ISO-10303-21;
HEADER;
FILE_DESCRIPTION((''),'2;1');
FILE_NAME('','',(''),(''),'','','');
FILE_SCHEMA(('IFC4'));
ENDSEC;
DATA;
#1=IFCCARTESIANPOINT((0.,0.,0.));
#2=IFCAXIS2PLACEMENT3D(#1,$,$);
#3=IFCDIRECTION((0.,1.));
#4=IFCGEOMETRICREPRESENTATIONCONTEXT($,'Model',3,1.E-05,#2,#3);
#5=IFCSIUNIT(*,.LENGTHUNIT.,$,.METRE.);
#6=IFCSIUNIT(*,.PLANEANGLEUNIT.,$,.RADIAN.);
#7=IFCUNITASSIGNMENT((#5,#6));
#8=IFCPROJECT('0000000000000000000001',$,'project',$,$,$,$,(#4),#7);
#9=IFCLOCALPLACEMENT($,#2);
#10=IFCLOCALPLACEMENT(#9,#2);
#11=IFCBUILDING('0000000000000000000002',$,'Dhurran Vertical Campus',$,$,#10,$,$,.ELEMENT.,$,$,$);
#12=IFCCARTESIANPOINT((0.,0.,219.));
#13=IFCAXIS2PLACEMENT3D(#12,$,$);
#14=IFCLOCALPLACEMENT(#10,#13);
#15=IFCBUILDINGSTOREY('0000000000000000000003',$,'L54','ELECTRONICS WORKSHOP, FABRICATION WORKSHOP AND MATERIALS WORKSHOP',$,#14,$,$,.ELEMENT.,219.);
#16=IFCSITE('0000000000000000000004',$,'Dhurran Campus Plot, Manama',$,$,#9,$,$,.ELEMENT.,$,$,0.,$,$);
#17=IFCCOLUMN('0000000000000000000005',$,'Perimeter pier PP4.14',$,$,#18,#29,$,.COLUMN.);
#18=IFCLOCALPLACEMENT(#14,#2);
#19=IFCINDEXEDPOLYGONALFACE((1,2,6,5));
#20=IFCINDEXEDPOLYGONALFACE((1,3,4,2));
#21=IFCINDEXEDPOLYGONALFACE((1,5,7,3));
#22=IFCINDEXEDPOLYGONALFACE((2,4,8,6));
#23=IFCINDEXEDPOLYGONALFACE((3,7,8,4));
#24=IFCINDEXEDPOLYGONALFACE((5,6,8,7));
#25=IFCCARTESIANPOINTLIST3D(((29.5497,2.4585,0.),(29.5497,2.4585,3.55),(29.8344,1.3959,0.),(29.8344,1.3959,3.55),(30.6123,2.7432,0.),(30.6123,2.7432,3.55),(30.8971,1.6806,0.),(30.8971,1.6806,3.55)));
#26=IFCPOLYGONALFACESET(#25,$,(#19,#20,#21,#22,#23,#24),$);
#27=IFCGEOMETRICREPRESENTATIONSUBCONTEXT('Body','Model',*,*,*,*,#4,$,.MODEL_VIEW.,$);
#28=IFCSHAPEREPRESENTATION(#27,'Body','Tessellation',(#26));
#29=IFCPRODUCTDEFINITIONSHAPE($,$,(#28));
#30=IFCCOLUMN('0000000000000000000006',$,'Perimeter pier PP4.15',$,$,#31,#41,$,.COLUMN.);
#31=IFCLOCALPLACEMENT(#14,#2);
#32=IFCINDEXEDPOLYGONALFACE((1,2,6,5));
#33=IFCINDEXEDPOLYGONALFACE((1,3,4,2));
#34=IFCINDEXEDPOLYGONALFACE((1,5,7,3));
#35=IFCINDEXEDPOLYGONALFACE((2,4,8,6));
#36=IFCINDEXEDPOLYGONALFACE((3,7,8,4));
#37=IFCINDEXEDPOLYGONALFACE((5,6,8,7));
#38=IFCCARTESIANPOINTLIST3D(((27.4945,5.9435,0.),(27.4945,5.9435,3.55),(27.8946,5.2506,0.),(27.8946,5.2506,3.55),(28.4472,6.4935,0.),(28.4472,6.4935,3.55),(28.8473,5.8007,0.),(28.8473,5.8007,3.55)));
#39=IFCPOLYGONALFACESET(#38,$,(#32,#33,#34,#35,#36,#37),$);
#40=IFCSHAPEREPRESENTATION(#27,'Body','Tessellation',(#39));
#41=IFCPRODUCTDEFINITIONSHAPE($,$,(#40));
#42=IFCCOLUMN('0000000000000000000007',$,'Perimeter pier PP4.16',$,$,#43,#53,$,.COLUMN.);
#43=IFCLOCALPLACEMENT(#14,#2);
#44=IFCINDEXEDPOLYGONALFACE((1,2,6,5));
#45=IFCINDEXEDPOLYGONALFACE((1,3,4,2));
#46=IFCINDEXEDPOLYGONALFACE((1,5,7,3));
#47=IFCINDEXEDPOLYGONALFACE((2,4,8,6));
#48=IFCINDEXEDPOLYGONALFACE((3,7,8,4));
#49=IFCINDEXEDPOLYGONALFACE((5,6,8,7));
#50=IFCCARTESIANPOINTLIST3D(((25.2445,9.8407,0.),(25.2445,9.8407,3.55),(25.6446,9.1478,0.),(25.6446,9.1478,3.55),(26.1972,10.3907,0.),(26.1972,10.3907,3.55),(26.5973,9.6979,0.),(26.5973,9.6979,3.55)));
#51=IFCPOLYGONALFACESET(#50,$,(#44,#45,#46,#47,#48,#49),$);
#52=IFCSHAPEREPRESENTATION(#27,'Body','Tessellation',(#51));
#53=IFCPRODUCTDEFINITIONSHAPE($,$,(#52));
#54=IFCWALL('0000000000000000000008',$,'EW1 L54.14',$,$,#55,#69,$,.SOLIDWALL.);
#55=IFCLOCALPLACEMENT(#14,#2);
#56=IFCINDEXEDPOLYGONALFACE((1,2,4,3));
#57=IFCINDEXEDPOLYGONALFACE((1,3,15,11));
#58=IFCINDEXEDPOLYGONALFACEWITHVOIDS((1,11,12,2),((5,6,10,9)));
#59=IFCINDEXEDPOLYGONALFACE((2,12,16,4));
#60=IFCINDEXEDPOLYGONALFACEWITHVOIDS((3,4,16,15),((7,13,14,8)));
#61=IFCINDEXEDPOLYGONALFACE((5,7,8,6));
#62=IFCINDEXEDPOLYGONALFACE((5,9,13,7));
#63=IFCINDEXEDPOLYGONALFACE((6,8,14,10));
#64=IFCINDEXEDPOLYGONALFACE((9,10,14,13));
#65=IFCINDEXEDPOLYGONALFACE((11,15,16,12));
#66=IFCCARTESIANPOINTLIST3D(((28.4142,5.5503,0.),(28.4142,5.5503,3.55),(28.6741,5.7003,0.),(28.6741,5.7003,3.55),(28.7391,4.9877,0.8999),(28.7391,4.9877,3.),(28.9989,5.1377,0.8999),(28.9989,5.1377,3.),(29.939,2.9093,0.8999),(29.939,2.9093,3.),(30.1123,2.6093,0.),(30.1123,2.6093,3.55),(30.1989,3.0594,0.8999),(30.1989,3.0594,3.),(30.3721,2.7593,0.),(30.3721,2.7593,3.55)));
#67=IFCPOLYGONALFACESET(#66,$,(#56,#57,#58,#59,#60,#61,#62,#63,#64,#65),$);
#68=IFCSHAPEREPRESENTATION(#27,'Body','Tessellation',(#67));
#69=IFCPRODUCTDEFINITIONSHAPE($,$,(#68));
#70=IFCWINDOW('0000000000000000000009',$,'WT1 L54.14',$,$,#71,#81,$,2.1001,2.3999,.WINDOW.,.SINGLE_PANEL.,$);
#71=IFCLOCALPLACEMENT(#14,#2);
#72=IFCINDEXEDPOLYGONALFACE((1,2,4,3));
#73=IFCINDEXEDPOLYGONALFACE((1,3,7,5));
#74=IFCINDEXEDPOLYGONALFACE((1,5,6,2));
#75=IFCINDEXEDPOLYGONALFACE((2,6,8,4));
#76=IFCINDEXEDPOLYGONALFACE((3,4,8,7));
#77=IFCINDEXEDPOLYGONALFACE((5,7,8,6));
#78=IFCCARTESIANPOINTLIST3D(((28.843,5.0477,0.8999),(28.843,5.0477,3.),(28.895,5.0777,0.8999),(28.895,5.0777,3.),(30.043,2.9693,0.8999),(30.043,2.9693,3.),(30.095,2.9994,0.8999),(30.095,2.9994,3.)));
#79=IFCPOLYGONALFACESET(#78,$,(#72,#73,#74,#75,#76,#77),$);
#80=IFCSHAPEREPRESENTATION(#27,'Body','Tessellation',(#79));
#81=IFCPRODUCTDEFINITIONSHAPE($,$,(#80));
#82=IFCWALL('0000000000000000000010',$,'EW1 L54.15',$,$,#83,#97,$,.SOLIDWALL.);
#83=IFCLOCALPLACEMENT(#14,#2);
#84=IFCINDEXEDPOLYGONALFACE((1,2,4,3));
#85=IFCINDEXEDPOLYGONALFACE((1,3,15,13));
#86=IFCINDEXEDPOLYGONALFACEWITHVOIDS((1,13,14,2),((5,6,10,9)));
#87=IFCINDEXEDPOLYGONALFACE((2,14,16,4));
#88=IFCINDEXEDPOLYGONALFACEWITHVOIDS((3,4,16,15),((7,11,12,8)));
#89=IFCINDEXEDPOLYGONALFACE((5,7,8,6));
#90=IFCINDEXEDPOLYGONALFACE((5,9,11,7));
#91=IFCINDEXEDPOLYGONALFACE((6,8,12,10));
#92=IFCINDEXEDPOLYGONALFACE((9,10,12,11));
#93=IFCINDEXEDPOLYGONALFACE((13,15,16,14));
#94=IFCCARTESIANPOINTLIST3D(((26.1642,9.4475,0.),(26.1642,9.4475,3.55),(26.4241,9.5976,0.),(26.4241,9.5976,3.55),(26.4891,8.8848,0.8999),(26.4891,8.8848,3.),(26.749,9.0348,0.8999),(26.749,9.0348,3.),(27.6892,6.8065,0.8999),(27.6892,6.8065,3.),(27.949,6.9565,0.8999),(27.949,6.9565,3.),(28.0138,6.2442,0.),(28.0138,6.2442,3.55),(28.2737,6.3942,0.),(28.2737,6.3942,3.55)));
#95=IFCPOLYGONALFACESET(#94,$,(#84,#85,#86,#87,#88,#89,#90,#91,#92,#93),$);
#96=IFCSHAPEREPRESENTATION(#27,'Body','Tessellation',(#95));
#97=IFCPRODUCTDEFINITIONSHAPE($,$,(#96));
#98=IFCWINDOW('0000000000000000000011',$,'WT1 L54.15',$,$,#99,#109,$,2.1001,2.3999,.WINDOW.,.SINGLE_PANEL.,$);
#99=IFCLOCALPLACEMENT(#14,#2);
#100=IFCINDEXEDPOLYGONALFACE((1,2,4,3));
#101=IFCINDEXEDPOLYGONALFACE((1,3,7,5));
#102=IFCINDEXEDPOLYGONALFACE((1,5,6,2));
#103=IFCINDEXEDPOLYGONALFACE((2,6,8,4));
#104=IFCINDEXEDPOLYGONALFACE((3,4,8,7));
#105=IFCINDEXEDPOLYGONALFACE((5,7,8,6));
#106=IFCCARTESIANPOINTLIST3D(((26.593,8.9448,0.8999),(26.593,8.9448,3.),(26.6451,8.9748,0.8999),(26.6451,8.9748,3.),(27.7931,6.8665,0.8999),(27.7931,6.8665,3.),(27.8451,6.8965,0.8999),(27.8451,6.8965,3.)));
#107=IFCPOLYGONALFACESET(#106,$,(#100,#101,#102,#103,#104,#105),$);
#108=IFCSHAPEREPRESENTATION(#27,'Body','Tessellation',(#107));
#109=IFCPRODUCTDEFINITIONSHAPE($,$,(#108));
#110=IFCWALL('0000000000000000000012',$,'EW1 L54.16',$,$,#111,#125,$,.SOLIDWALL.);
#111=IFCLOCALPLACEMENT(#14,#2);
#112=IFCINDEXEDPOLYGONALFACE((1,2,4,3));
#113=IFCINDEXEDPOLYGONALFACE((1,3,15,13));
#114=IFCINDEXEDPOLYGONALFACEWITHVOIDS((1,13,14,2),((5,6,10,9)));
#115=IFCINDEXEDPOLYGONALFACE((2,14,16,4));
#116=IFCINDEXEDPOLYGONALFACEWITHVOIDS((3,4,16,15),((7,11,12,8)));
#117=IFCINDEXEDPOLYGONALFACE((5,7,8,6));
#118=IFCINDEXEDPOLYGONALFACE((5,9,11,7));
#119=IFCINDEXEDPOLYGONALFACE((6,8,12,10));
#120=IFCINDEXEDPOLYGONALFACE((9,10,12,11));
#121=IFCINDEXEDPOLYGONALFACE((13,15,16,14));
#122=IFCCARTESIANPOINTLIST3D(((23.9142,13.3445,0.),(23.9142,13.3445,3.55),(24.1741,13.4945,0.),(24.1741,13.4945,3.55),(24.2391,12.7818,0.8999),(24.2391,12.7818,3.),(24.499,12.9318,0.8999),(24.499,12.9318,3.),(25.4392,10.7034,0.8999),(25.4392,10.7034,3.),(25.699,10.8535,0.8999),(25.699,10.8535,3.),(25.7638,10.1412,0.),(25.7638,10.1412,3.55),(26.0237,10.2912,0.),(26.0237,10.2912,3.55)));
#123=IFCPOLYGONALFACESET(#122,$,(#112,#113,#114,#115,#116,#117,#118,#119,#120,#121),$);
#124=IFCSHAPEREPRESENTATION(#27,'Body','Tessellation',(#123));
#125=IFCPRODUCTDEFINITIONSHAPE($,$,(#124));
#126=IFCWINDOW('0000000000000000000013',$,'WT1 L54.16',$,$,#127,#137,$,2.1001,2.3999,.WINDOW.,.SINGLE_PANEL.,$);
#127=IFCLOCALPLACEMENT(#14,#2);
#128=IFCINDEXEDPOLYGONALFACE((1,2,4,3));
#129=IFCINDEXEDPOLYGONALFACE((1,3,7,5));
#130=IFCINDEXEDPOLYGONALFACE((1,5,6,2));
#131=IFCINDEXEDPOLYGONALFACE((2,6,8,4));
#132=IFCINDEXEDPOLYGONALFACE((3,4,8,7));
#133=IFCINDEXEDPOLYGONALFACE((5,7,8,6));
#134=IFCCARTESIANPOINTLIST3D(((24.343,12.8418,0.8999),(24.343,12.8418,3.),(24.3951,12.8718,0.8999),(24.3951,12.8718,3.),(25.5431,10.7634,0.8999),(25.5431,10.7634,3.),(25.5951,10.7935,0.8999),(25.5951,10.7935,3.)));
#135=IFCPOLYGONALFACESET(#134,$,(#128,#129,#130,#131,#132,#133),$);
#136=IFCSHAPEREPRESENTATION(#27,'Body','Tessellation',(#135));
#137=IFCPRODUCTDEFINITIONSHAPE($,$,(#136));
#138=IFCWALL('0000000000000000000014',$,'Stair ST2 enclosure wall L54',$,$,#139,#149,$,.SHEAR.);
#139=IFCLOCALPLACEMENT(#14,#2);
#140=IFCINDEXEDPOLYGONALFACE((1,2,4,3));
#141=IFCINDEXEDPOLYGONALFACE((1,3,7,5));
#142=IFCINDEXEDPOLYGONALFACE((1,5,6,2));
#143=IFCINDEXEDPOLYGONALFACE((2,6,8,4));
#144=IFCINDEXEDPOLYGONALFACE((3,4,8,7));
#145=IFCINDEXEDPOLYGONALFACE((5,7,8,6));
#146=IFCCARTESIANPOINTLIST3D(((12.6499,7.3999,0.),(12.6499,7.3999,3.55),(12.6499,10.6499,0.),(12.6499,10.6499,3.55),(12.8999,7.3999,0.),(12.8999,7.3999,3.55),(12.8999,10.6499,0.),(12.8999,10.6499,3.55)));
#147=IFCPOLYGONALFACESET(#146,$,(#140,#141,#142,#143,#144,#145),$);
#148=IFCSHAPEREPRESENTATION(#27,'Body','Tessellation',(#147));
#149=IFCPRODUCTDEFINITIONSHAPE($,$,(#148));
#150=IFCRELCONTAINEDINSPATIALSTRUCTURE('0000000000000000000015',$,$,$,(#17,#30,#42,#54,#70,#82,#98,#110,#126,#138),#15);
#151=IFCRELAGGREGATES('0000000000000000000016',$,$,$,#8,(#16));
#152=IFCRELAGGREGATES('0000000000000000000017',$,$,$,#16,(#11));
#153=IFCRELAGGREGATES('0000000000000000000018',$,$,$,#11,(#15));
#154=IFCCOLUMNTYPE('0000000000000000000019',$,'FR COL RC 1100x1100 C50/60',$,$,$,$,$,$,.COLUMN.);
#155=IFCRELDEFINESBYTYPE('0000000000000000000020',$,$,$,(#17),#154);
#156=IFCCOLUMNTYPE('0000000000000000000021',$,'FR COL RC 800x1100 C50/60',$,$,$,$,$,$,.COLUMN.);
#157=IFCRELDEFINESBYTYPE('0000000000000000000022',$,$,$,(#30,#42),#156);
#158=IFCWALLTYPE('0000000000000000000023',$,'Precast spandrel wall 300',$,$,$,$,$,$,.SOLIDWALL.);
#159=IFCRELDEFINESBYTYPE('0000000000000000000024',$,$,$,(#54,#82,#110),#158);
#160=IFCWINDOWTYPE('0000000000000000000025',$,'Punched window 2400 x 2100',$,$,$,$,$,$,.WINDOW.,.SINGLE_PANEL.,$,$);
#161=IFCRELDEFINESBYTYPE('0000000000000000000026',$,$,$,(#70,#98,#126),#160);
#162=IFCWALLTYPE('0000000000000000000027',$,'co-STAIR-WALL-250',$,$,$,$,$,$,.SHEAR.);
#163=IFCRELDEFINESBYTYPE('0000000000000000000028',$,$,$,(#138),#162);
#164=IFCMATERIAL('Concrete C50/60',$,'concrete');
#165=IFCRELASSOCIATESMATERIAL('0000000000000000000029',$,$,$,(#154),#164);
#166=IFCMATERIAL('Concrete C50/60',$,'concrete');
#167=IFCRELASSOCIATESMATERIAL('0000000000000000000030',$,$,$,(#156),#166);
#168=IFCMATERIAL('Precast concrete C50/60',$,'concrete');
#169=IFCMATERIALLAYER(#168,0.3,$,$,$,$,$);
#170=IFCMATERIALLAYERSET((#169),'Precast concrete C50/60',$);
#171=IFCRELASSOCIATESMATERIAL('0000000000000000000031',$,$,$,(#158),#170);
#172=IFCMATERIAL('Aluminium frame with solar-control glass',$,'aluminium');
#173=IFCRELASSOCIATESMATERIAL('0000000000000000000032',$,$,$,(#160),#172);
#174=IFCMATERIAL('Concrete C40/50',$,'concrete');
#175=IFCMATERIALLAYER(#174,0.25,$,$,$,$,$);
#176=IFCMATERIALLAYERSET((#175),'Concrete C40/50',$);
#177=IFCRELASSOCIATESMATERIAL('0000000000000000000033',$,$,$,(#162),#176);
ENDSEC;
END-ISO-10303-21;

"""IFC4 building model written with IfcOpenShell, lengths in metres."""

from ifc_helpers import new_model, si_unit, direction, frame, frame_2d, origin, origin_2d, place, context, subcontext, project, spatial, rectangle, extrude, material, layer, layer_set, material_profile, profile_set, type_object, element, fill, save


model = new_model("IFC4")

# Units and contexts
model_context = context("Model", 3, precision=1e-05, world=origin(), true_north=direction((0.0, 1.0)))
body_context = subcontext(model_context, "Body", "Model", "MODEL_VIEW")
ifc_project = project(units=[si_unit("LENGTHUNIT", "METRE"), si_unit("PLANEANGLEUNIT", "RADIAN")], contexts=[model_context])

# Site, building, storey
site_placement = place(None, origin())
site = spatial("IfcSite", under=ifc_project, at=site_placement, Name="Dhurran Campus Plot, Manama", CompositionType="ELEMENT", RefElevation=0.0)
building_placement = place(site_placement, origin())
building = spatial("IfcBuilding", under=site, at=building_placement, Name="Dhurran Vertical Campus", CompositionType="ELEMENT")
storey_placement = place(building_placement, frame((0.0, 0.0, 219.0)))
storey = spatial("IfcBuildingStorey", under=building, at=storey_placement, Name="L54", Description="ELECTRONICS WORKSHOP, FABRICATION WORKSHOP AND MATERIALS WORKSHOP", CompositionType="ELEMENT", Elevation=219.0)

# Columns
ifc_material_1 = material(Name="Concrete C50/60", Category="concrete")
ifc_material_profile_1 = material_profile(ifc_material_1, rectangle(XDim=1.1001, YDim=1.1001, at=origin_2d()), Name="RC 1100x1100")
ifc_profile_set_1 = profile_set([ifc_material_profile_1], Name="Concrete C50/60")
column_type_1 = type_object("IfcColumnType", Name="FR COL RC 1100x1100 C50/60", PredefinedType="COLUMN", material=ifc_profile_set_1)
column_placement = place(storey_placement, frame((30.2234, 2.0696, 0.0), z_axis=(0.0, 0.0, 1.0), x_axis=(-0.258819, 0.965926, 0.0)))
element("IfcColumn", 1, at=column_placement, inside=storey, type_object=column_type_1, Name="Perimeter pier PP4.14", PredefinedType="COLUMN", context=body_context, shape_type="SweptSolid", body=[
    extrude(rectangle(XDim=1.1001, YDim=1.1001, at=origin_2d()), origin(), (0.0, 0.0, 1.0), 3.55),
])
ifc_material_2 = material(Name="Concrete C50/60", Category="concrete")
ifc_material_profile_2 = material_profile(ifc_material_2, rectangle(XDim=0.8, YDim=1.1001, at=origin_2d()), Name="RC 800x1100")
ifc_profile_set_2 = profile_set([ifc_material_profile_2], Name="Concrete C50/60")
column_type_2 = type_object("IfcColumnType", Name="FR COL RC 800x1100 C50/60", PredefinedType="COLUMN", material=ifc_profile_set_2)
for number, where, z_axis, x_axis, name in (
    (2, (28.1709, 5.8721, 0.0), (0.0, 0.0, 1.0), (-0.5, 0.866025, 0.0), "Perimeter pier PP4.15"),
    (3, (25.9209, 9.7693, 0.0), (0.0, 0.0, 1.0), (-0.5, 0.866025, 0.0), "Perimeter pier PP4.16"),
):
    element("IfcColumn", number, at=place(storey_placement, frame(where, z_axis=z_axis, x_axis=x_axis)), inside=storey, type_object=column_type_2, Name=name, PredefinedType="COLUMN", context=body_context, shape_type="SweptSolid", body=[
        extrude(rectangle(XDim=0.8, YDim=1.1001, at=origin_2d()), origin(), (0.0, 0.0, 1.0), 3.55),
    ])

# Walls, openings, windows
ifc_material_3 = material(Name="Precast concrete C50/60", Category="concrete")
ifc_layer_1 = layer(ifc_material_3, 0.3)
ifc_layer_set_1 = layer_set([ifc_layer_1], Name="Precast concrete C50/60")
wall_type_1 = type_object("IfcWallType", Name="Precast spandrel wall 300", PredefinedType="SOLIDWALL", material=ifc_layer_set_1)
wall_1_placement = place(storey_placement, frame((30.2422, 2.6843, 0.0), z_axis=(0.0, 0.0, 1.0), x_axis=(-0.500013, 0.866018, 0.0)))
wall_1 = element("IfcWall", 4, at=wall_1_placement, inside=storey, type_object=wall_type_1, Name="EW1 L54.14", PredefinedType="SOLIDWALL", context=body_context, shape_type="SweptSolid", body=[
    extrude(rectangle(XDim=3.396, YDim=0.3, at=frame_2d((1.698, 0.0))), origin(), (0.0, 0.0, 1.0), 3.55),
])
opening_1_placement = place(wall_1_placement, frame((0.3464, 0.0, 0.8999)))
opening_1 = element("IfcOpeningElement", 5, at=opening_1_placement, cuts=wall_1, PredefinedType="OPENING", context=body_context, shape_type="SweptSolid", body=[
    extrude(rectangle(XDim=2.3999, YDim=2.1001, at=frame_2d((1.2, 1.05))), frame((0.0, 0.1599, 0.0), z_axis=(0.0, -1.0, 0.0), x_axis=(1.0, 0.0, 0.0)), (0.0, 0.0, 1.0), 0.3201),
])
ifc_material_4 = material(Name="Aluminium frame with solar-control glass", Category="aluminium")
window_type = type_object("IfcWindowType", Name="Punched window 2400 x 2100", PartitioningType="SINGLE_PANEL", PredefinedType="WINDOW", material=ifc_material_4)
window_1_placement = place(opening_1_placement, origin())
window_1 = element("IfcWindow", 6, at=window_1_placement, inside=storey, type_object=window_type, Name="WT1 L54.14", OverallHeight=2.1001, OverallWidth=2.3999, PartitioningType="SINGLE_PANEL", PredefinedType="WINDOW", context=body_context, shape_type="SweptSolid", body=[
    extrude(rectangle(XDim=2.3999, YDim=2.1001, at=frame_2d((1.2, 1.05))), frame((0.0, 0.03, 0.0), z_axis=(0.0, -1.0, 0.0), x_axis=(1.0, 0.0, 0.0)), (0.0, 0.0, 1.0), 0.0601),
])
fill(opening_1, window_1)
wall_2_placement = place(storey_placement, frame((28.1438, 6.3191, 0.0), z_axis=(0.0, 0.0, 1.0), x_axis=(-0.500029, 0.866009, 0.0)))
wall_2 = element("IfcWall", 7, at=wall_2_placement, inside=storey, type_object=wall_type_1, Name="EW1 L54.15", PredefinedType="SOLIDWALL", context=body_context, shape_type="SweptSolid", body=[
    extrude(rectangle(XDim=3.699, YDim=0.3, at=frame_2d((1.8496, 0.0))), origin(), (0.0, 0.0, 1.0), 3.55),
])
opening_2_placement = place(wall_2_placement, frame((0.6494, 0.0, 0.8999)))
opening_2 = element("IfcOpeningElement", 8, at=opening_2_placement, cuts=wall_2, PredefinedType="OPENING", context=body_context, shape_type="SweptSolid", body=[
    extrude(rectangle(XDim=2.3999, YDim=2.1001, at=frame_2d((1.2, 1.05))), frame((0.0, 0.1599, 0.0), z_axis=(0.0, -1.0, 0.0), x_axis=(1.0, 0.0, 0.0)), (0.0, 0.0, 1.0), 0.3201),
])
window_2_placement = place(opening_2_placement, origin())
window_2 = element("IfcWindow", 9, at=window_2_placement, inside=storey, type_object=window_type, Name="WT1 L54.15", OverallHeight=2.1001, OverallWidth=2.3999, PartitioningType="SINGLE_PANEL", PredefinedType="WINDOW", context=body_context, shape_type="SweptSolid", body=[
    extrude(rectangle(XDim=2.3999, YDim=2.1001, at=frame_2d((1.2, 1.05))), frame((0.0, 0.03, 0.0), z_axis=(0.0, -1.0, 0.0), x_axis=(1.0, 0.0, 0.0)), (0.0, 0.0, 1.0), 0.0601),
])
fill(opening_2, window_2)
wall_3_placement = place(storey_placement, frame((25.8938, 10.2161, 0.0), z_axis=(0.0, 0.0, 1.0), x_axis=(-0.500029, 0.866009, 0.0)))
wall_3 = element("IfcWall", 10, at=wall_3_placement, inside=storey, type_object=wall_type_1, Name="EW1 L54.16", PredefinedType="SOLIDWALL", context=body_context, shape_type="SweptSolid", body=[
    extrude(rectangle(XDim=3.699, YDim=0.3, at=frame_2d((1.8496, 0.0))), origin(), (0.0, 0.0, 1.0), 3.55),
])
opening_3_placement = place(wall_3_placement, frame((0.6494, 0.0, 0.8999)))
opening_3 = element("IfcOpeningElement", 11, at=opening_3_placement, cuts=wall_3, PredefinedType="OPENING", context=body_context, shape_type="SweptSolid", body=[
    extrude(rectangle(XDim=2.3999, YDim=2.1001, at=frame_2d((1.2, 1.05))), frame((0.0, 0.1599, 0.0), z_axis=(0.0, -1.0, 0.0), x_axis=(1.0, 0.0, 0.0)), (0.0, 0.0, 1.0), 0.3201),
])
window_3_placement = place(opening_3_placement, origin())
window_3 = element("IfcWindow", 12, at=window_3_placement, inside=storey, type_object=window_type, Name="WT1 L54.16", OverallHeight=2.1001, OverallWidth=2.3999, PartitioningType="SINGLE_PANEL", PredefinedType="WINDOW", context=body_context, shape_type="SweptSolid", body=[
    extrude(rectangle(XDim=2.3999, YDim=2.1001, at=frame_2d((1.2, 1.05))), frame((0.0, 0.03, 0.0), z_axis=(0.0, -1.0, 0.0), x_axis=(1.0, 0.0, 0.0)), (0.0, 0.0, 1.0), 0.0601),
])
fill(opening_3, window_3)

# Wall
ifc_material_5 = material(Name="Concrete C40/50", Category="concrete")
ifc_layer_2 = layer(ifc_material_5, 0.25)
ifc_layer_set_2 = layer_set([ifc_layer_2], Name="Concrete C40/50")
wall_type_2 = type_object("IfcWallType", Name="co-STAIR-WALL-250", PredefinedType="SHEAR", material=ifc_layer_set_2)
wall_4_placement = place(storey_placement, frame((12.7749, 7.3999, 0.0), z_axis=(0.0, 0.0, 1.0), x_axis=(0.0, 1.0, 0.0)))
element("IfcWall", 13, at=wall_4_placement, inside=storey, type_object=wall_type_2, Name="Stair ST2 enclosure wall L54", PredefinedType="SHEAR", context=body_context, shape_type="SweptSolid", body=[
    extrude(rectangle(XDim=3.25, YDim=0.25, at=frame_2d((1.625, 0.0))), origin(), (0.0, 0.0, 1.0), 3.55),
])

save(model, "model.ifc")
